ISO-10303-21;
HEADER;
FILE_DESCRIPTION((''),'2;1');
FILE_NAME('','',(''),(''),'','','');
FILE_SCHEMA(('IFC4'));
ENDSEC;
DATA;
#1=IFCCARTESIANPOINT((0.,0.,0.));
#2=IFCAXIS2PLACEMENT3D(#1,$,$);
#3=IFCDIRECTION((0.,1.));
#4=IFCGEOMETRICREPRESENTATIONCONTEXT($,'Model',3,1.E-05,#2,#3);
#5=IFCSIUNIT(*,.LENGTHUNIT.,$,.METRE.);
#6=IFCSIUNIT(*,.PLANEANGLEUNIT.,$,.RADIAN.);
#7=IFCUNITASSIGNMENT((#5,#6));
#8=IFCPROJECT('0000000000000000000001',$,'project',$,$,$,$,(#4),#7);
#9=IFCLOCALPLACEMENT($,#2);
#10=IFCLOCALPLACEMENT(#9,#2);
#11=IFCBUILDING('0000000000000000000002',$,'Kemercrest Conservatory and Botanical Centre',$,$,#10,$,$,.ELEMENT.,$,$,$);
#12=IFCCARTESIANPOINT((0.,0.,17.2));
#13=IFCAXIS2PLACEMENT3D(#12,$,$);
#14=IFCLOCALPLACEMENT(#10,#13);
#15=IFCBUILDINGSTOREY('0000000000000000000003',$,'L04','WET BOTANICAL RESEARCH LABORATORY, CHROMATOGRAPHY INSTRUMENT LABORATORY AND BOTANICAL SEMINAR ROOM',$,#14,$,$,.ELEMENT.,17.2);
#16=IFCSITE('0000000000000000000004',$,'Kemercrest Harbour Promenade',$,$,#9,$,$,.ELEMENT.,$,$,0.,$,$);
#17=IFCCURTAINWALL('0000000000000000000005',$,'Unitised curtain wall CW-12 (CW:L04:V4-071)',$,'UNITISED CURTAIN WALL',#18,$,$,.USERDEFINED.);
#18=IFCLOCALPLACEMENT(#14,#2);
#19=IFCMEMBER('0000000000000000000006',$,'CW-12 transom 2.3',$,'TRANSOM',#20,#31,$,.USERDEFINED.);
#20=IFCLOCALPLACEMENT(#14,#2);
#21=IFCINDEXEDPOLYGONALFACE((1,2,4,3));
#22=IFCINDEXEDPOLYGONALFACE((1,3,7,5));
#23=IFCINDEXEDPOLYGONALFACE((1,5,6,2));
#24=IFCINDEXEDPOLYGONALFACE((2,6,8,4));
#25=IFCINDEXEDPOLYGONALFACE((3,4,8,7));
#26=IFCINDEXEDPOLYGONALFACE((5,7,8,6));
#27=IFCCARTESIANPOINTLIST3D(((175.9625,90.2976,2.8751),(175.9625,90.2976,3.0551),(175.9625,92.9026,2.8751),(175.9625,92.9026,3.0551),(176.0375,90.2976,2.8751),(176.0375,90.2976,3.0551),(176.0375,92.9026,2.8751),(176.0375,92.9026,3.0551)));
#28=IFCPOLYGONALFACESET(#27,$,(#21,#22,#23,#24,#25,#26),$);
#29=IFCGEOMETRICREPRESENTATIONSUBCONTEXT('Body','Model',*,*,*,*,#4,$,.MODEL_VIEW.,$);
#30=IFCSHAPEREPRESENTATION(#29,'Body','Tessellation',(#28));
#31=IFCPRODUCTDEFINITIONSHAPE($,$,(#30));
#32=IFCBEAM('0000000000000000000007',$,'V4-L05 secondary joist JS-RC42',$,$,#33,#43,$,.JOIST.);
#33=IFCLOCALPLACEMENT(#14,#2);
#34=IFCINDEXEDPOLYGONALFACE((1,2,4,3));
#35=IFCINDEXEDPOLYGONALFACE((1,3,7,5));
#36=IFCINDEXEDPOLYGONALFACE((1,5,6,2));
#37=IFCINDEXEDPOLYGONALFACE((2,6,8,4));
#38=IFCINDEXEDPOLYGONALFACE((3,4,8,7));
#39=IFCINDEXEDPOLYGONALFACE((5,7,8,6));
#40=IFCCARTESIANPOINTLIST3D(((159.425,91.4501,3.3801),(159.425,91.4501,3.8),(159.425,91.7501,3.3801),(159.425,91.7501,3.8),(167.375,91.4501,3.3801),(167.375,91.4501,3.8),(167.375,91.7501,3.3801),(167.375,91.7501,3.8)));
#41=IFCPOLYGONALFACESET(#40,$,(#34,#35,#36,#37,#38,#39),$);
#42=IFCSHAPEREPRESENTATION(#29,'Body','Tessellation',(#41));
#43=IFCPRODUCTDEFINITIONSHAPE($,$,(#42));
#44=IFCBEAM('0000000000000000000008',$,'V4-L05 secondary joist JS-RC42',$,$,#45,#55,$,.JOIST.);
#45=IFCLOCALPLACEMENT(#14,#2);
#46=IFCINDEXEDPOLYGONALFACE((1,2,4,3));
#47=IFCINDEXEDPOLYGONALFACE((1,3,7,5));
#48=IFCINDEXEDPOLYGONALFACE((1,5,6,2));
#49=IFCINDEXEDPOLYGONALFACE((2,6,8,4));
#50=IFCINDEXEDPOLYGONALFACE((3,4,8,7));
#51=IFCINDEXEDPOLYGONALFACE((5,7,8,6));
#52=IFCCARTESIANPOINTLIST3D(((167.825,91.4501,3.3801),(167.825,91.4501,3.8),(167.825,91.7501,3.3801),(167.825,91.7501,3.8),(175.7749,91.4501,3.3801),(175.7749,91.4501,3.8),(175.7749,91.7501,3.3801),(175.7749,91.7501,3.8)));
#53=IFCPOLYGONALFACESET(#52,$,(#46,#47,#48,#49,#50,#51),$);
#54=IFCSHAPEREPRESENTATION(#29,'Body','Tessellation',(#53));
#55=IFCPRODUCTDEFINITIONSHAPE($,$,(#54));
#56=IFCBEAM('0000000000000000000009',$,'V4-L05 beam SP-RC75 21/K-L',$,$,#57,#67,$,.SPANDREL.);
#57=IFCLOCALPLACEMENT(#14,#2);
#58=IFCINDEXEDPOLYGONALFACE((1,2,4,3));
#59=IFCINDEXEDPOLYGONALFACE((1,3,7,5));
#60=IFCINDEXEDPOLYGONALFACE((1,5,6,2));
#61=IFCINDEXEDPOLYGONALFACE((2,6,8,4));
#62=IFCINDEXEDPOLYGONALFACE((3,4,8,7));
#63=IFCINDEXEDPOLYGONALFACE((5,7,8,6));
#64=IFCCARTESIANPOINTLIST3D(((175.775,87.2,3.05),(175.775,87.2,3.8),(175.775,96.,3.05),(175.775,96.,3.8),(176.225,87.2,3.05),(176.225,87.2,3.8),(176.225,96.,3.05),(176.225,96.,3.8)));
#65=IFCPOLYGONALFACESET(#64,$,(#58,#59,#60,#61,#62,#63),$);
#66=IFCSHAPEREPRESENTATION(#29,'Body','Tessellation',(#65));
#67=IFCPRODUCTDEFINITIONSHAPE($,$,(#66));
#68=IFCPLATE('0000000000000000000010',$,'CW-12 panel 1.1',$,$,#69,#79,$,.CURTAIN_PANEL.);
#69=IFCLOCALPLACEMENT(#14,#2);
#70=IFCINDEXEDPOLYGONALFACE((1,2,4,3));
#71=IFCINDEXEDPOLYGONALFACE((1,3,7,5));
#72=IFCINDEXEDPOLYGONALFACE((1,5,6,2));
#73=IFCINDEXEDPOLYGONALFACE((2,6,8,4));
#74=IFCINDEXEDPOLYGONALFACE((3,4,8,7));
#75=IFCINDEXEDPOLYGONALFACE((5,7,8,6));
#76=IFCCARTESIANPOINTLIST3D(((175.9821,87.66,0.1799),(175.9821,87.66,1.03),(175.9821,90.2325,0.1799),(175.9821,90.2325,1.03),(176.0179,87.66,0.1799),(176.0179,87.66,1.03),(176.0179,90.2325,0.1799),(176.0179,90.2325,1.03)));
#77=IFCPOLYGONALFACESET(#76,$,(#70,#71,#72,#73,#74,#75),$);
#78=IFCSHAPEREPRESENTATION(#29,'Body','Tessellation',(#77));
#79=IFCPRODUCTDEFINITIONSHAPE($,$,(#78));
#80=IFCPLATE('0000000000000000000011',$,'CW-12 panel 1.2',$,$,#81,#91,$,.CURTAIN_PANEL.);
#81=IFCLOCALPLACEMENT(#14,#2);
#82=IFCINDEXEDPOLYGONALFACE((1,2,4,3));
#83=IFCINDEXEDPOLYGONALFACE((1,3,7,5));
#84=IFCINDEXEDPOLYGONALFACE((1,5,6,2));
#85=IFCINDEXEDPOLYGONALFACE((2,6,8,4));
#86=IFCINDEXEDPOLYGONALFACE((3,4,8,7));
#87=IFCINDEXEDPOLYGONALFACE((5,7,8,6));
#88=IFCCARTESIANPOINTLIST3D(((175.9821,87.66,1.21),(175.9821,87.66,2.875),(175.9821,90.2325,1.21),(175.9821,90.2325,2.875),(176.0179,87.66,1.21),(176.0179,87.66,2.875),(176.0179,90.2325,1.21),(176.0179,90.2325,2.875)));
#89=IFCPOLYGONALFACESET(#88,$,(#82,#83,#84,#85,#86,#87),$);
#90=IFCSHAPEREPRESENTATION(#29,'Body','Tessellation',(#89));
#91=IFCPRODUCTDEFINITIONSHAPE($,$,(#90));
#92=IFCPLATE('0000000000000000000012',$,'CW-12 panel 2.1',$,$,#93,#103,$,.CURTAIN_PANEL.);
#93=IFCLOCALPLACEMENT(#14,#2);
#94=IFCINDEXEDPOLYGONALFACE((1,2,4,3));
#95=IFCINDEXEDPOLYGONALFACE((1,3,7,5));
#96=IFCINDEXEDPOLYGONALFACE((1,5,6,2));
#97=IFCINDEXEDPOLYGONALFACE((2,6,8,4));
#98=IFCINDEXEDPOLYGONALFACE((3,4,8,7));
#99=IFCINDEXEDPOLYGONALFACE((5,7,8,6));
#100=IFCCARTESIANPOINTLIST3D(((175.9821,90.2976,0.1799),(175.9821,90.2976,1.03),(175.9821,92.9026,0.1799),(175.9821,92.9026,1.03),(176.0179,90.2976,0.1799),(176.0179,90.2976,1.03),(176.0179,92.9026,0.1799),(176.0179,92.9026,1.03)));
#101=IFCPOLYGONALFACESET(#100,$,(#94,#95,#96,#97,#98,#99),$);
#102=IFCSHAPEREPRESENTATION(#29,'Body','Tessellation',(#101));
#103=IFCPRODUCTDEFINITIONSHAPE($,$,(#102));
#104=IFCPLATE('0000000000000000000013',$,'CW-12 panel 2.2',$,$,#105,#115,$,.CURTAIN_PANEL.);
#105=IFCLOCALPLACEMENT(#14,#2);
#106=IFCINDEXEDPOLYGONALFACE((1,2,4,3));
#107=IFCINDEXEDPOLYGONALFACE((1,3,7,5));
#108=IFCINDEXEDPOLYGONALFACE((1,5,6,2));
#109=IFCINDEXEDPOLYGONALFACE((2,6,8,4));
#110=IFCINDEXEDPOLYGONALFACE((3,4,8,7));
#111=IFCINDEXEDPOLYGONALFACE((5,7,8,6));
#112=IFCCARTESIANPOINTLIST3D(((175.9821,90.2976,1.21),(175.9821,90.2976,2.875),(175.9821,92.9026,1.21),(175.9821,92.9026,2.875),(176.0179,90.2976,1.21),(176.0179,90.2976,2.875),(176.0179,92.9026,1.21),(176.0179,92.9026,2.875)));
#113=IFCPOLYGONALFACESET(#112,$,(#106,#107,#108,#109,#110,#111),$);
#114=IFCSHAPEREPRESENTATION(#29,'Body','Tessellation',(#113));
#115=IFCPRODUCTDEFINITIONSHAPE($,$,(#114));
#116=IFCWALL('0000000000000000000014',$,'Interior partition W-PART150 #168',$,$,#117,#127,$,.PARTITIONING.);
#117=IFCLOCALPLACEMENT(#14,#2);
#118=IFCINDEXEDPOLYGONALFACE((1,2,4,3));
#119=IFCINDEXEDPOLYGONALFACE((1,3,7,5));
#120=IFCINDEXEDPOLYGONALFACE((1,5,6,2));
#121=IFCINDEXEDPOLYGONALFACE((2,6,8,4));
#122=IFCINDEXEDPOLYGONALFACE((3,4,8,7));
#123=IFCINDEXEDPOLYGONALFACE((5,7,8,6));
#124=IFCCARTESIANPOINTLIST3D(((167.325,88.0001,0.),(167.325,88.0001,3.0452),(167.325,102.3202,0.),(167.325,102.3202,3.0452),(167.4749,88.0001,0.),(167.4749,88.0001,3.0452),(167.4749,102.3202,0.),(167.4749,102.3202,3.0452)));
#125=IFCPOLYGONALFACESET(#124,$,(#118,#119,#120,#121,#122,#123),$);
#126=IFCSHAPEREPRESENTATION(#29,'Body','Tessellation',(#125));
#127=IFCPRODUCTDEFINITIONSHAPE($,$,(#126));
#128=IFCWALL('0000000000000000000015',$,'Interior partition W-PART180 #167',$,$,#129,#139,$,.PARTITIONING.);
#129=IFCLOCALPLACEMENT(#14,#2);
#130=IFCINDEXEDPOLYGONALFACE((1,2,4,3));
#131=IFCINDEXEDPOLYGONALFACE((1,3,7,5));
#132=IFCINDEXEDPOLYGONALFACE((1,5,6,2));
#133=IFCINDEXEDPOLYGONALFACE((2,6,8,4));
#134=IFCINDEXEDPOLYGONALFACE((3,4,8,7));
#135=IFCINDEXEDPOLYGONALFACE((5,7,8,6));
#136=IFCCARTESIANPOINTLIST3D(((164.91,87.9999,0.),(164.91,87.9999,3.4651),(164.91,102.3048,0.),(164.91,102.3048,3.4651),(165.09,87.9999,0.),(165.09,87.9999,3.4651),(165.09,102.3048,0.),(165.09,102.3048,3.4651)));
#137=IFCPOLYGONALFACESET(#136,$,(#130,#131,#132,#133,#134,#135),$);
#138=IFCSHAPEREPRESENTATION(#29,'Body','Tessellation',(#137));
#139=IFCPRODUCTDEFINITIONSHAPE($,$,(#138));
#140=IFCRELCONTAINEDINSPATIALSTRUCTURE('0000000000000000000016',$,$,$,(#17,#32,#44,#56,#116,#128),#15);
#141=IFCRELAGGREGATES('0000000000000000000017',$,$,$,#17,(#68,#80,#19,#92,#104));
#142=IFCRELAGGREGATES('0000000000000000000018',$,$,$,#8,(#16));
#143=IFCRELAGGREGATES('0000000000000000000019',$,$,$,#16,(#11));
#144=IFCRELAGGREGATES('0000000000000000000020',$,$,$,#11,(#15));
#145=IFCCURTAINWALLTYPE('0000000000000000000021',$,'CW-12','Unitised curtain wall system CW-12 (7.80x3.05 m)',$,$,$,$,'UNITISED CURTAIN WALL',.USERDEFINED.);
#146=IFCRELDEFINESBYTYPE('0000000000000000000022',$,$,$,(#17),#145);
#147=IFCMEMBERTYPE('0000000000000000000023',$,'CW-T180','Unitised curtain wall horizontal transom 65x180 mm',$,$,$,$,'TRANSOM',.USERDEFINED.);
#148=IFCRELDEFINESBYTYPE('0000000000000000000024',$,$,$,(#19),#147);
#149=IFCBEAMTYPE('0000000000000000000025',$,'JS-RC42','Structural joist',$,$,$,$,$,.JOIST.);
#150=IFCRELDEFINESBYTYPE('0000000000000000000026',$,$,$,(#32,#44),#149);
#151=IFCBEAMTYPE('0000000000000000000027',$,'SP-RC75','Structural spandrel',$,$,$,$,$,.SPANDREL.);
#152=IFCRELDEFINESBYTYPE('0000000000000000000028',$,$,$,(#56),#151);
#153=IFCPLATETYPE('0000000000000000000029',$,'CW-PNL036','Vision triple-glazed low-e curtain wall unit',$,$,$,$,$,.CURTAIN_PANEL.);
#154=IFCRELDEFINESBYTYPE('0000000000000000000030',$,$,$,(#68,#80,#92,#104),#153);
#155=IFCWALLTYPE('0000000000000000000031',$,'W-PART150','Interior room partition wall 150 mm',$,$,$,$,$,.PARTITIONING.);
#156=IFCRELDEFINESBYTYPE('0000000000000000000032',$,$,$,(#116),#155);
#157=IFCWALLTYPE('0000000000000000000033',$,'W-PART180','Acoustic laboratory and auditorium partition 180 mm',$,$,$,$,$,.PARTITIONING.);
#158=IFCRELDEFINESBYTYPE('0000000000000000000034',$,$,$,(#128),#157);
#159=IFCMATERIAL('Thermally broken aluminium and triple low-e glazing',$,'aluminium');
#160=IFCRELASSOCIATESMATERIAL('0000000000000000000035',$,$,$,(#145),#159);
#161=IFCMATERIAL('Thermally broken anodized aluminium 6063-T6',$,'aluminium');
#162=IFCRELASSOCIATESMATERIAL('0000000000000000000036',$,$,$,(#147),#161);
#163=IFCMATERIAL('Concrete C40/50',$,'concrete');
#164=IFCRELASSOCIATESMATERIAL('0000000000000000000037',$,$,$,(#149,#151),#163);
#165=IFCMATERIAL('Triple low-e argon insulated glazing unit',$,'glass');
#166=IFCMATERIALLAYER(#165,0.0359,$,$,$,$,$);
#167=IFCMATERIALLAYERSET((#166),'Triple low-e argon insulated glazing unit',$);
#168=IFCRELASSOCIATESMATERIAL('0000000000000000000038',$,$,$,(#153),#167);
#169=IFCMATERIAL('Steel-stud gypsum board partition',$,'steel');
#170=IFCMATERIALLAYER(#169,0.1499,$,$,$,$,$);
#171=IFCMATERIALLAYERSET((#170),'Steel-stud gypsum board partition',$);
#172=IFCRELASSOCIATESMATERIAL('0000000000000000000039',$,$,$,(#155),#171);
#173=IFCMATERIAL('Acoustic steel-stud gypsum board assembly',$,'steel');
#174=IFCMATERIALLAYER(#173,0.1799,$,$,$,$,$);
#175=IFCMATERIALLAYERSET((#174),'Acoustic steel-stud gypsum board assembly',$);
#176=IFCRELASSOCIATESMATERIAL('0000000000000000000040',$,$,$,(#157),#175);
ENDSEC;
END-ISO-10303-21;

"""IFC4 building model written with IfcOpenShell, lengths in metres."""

from ifc_helpers import new_model, si_unit, direction, frame, frame_2d, origin, origin_2d, place, context, subcontext, project, spatial, rectangle, extrude, material, layer, layer_set, material_profile, profile_set, type_object, element, aggregate, save


model = new_model("IFC4")

# Units and contexts
model_context = context("Model", 3, precision=1e-05, world=origin(), true_north=direction((0.0, 1.0)))
body_context = subcontext(model_context, "Body", "Model", "MODEL_VIEW")
ifc_project = project(units=[si_unit("LENGTHUNIT", "METRE"), si_unit("PLANEANGLEUNIT", "RADIAN")], contexts=[model_context])

# Site, building, storey
site_placement = place(None, origin())
site = spatial("IfcSite", under=ifc_project, at=site_placement, Name="Kemercrest Harbour Promenade", CompositionType="ELEMENT", RefElevation=0.0)
building_placement = place(site_placement, origin())
building = spatial("IfcBuilding", under=site, at=building_placement, Name="Kemercrest Conservatory and Botanical Centre", CompositionType="ELEMENT")
storey_placement = place(building_placement, frame((0.0, 0.0, 17.2)))
storey = spatial("IfcBuildingStorey", under=building, at=storey_placement, Name="L04", Description="WET BOTANICAL RESEARCH LABORATORY, CHROMATOGRAPHY INSTRUMENT LABORATORY AND BOTANICAL SEMINAR ROOM", CompositionType="ELEMENT", Elevation=17.2)

# Shared definitions
ifc_material_1 = material(Name="Concrete C40/50", Category="concrete")

# Curtain wall, member
ifc_material_2 = material(Name="Thermally broken aluminium and triple low-e glazing", Category="aluminium")
curtain_wall_type = type_object("IfcCurtainWallType", Name="CW-12", Description="Unitised curtain wall system CW-12 (7.80x3.05 m)", ElementType="UNITISED CURTAIN WALL", PredefinedType="USERDEFINED", material=ifc_material_2)
curtain_wall_placement = place(storey_placement, origin())
curtain_wall = element("IfcCurtainWall", 1, at=curtain_wall_placement, inside=storey, type_object=curtain_wall_type, Name="Unitised curtain wall CW-12 (CW:L04:V4-071)", ObjectType="UNITISED CURTAIN WALL", PredefinedType="USERDEFINED")
ifc_material_3 = material(Name="Thermally broken anodized aluminium 6063-T6", Category="aluminium")
ifc_material_profile_1 = material_profile(ifc_material_3, rectangle(XDim=0.075, YDim=0.1799, at=origin_2d()), Name="AL TRANSOM 75x180")
ifc_profile_set_1 = profile_set([ifc_material_profile_1], Name="Thermally broken anodized aluminium 6063-T6")
member_type_1 = type_object("IfcMemberType", Name="CW-T180", Description="Unitised curtain wall horizontal transom 65x180 mm", ElementType="TRANSOM", PredefinedType="USERDEFINED", material=ifc_profile_set_1)
member_1_placement = place(storey_placement, frame((176.0, 90.2976, 2.9651), z_axis=(0.0, 1.0, 0.0), x_axis=(-1.0, 0.0, 0.0)))
member_1 = element("IfcMember", 2, at=member_1_placement, type_object=member_type_1, Name="CW-12 transom 2.3", ObjectType="TRANSOM", PredefinedType="USERDEFINED", context=body_context, shape_type="SweptSolid", body=[
    extrude(rectangle(XDim=0.075, YDim=0.1799, at=origin_2d()), origin(), (0.0, 0.0, 1.0), 2.605),
])

# Beams
ifc_material_profile_2 = material_profile(ifc_material_1, rectangle(XDim=0.3, YDim=0.4199, at=origin_2d()), Name="RC 300x420")
ifc_profile_set_2 = profile_set([ifc_material_profile_2], Name="Concrete C40/50")
beam_type_1 = type_object("IfcBeamType", Name="JS-RC42", Description="Structural joist", PredefinedType="JOIST", material=ifc_profile_set_2)
for number, where, z_axis, x_axis, name in (
    (3, (159.425, 91.6001, 3.5901), (1.0, 0.0, 0.0), (0.0, 1.0, 0.0), "V4-L05 secondary joist JS-RC42"),
    (4, (167.825, 91.6001, 3.5901), (1.0, 0.0, 0.0), (0.0, 1.0, 0.0), "V4-L05 secondary joist JS-RC42"),
):
    element("IfcBeam", number, at=place(storey_placement, frame(where, z_axis=z_axis, x_axis=x_axis)), inside=storey, type_object=beam_type_1, Name=name, PredefinedType="JOIST", context=body_context, shape_type="SweptSolid", body=[
        extrude(rectangle(XDim=0.3, YDim=0.4199, at=origin_2d()), origin(), (0.0, 0.0, 1.0), 7.95),
    ])
ifc_material_profile_3 = material_profile(ifc_material_1, rectangle(XDim=0.45, YDim=0.75, at=origin_2d()), Name="RC 450x750")
ifc_profile_set_3 = profile_set([ifc_material_profile_3], Name="Concrete C40/50")
beam_type_2 = type_object("IfcBeamType", Name="SP-RC75", Description="Structural spandrel", PredefinedType="SPANDREL", material=ifc_profile_set_3)
beam_1_placement = place(storey_placement, frame((176.0, 87.2, 3.425), z_axis=(0.0, 1.0, 0.0), x_axis=(-1.0, 0.0, 0.0)))
element("IfcBeam", 5, at=beam_1_placement, inside=storey, type_object=beam_type_2, Name="V4-L05 beam SP-RC75 21/K-L", PredefinedType="SPANDREL", context=body_context, shape_type="SweptSolid", body=[
    extrude(rectangle(XDim=0.45, YDim=0.75, at=origin_2d()), origin(), (0.0, 0.0, 1.0), 8.8),
])

# Plates
ifc_material_4 = material(Name="Triple low-e argon insulated glazing unit", Category="glass")
ifc_layer_1 = layer(ifc_material_4, 0.0359)
ifc_layer_set_1 = layer_set([ifc_layer_1], Name="Triple low-e argon insulated glazing unit")
plate_type = type_object("IfcPlateType", Name="CW-PNL036", Description="Vision triple-glazed low-e curtain wall unit", PredefinedType="CURTAIN_PANEL", material=ifc_layer_set_1)
plate_1_placement = place(storey_placement, frame((176.0, 88.9463, 0.1799), z_axis=(0.0, 0.0, 1.0), x_axis=(0.0, 1.0, 0.0)))
plate_1 = element("IfcPlate", 6, at=plate_1_placement, type_object=plate_type, Name="CW-12 panel 1.1", PredefinedType="CURTAIN_PANEL", context=body_context, shape_type="SweptSolid", body=[
    extrude(rectangle(XDim=2.5725, YDim=0.0359, at=origin_2d()), origin(), (0.0, 0.0, 1.0), 0.8501),
])
plate_2_placement = place(storey_placement, frame((176.0, 88.9463, 1.21), z_axis=(0.0, 0.0, 1.0), x_axis=(0.0, 1.0, 0.0)))
plate_2 = element("IfcPlate", 7, at=plate_2_placement, type_object=plate_type, Name="CW-12 panel 1.2", PredefinedType="CURTAIN_PANEL", context=body_context, shape_type="SweptSolid", body=[
    extrude(rectangle(XDim=2.5725, YDim=0.0359, at=origin_2d()), origin(), (0.0, 0.0, 1.0), 1.665),
])
plate_3_placement = place(storey_placement, frame((176.0, 91.6001, 0.1799), z_axis=(0.0, 0.0, 1.0), x_axis=(0.0, 1.0, 0.0)))
plate_3 = element("IfcPlate", 8, at=plate_3_placement, type_object=plate_type, Name="CW-12 panel 2.1", PredefinedType="CURTAIN_PANEL", context=body_context, shape_type="SweptSolid", body=[
    extrude(rectangle(XDim=2.605, YDim=0.0359, at=origin_2d()), origin(), (0.0, 0.0, 1.0), 0.8501),
])
plate_4_placement = place(storey_placement, frame((176.0, 91.6001, 1.21), z_axis=(0.0, 0.0, 1.0), x_axis=(0.0, 1.0, 0.0)))
plate_4 = element("IfcPlate", 9, at=plate_4_placement, type_object=plate_type, Name="CW-12 panel 2.2", PredefinedType="CURTAIN_PANEL", context=body_context, shape_type="SweptSolid", body=[
    extrude(rectangle(XDim=2.605, YDim=0.0359, at=origin_2d()), origin(), (0.0, 0.0, 1.0), 1.665),
])
aggregate(curtain_wall, [plate_1, plate_2, member_1, plate_3, plate_4])

# Walls
ifc_material_5 = material(Name="Steel-stud gypsum board partition", Category="steel")
ifc_layer_2 = layer(ifc_material_5, 0.1499)
ifc_layer_set_2 = layer_set([ifc_layer_2], Name="Steel-stud gypsum board partition")
wall_type_1 = type_object("IfcWallType", Name="W-PART150", Description="Interior room partition wall 150 mm", PredefinedType="PARTITIONING", material=ifc_layer_set_2)
wall_1_placement = place(storey_placement, frame((167.3999, 88.0, 0.0), z_axis=(0.0, 0.0, 1.0), x_axis=(0.0, 1.0, 0.0)))
element("IfcWall", 10, at=wall_1_placement, inside=storey, type_object=wall_type_1, Name="Interior partition W-PART150 #168", PredefinedType="PARTITIONING", context=body_context, shape_type="SweptSolid", body=[
    extrude(rectangle(XDim=14.3201, YDim=0.1499, at=frame_2d((7.1602, 0.0))), origin(), (0.0, 0.0, 1.0), 3.0452),
])
ifc_material_6 = material(Name="Acoustic steel-stud gypsum board assembly", Category="steel")
ifc_layer_3 = layer(ifc_material_6, 0.1799)
ifc_layer_set_3 = layer_set([ifc_layer_3], Name="Acoustic steel-stud gypsum board assembly")
wall_type_2 = type_object("IfcWallType", Name="W-PART180", Description="Acoustic laboratory and auditorium partition 180 mm", PredefinedType="PARTITIONING", material=ifc_layer_set_3)
wall_2_placement = place(storey_placement, frame((165.0, 88.0, 0.0), z_axis=(0.0, 0.0, 1.0), x_axis=(0.0, 1.0, 0.0)))
element("IfcWall", 11, at=wall_2_placement, inside=storey, type_object=wall_type_2, Name="Interior partition W-PART180 #167", PredefinedType="PARTITIONING", context=body_context, shape_type="SweptSolid", body=[
    extrude(rectangle(XDim=14.3049, YDim=0.1799, at=frame_2d((7.1523, 0.0))), origin(), (0.0, 0.0, 1.0), 3.4651),
])

save(model, "model.ifc")
